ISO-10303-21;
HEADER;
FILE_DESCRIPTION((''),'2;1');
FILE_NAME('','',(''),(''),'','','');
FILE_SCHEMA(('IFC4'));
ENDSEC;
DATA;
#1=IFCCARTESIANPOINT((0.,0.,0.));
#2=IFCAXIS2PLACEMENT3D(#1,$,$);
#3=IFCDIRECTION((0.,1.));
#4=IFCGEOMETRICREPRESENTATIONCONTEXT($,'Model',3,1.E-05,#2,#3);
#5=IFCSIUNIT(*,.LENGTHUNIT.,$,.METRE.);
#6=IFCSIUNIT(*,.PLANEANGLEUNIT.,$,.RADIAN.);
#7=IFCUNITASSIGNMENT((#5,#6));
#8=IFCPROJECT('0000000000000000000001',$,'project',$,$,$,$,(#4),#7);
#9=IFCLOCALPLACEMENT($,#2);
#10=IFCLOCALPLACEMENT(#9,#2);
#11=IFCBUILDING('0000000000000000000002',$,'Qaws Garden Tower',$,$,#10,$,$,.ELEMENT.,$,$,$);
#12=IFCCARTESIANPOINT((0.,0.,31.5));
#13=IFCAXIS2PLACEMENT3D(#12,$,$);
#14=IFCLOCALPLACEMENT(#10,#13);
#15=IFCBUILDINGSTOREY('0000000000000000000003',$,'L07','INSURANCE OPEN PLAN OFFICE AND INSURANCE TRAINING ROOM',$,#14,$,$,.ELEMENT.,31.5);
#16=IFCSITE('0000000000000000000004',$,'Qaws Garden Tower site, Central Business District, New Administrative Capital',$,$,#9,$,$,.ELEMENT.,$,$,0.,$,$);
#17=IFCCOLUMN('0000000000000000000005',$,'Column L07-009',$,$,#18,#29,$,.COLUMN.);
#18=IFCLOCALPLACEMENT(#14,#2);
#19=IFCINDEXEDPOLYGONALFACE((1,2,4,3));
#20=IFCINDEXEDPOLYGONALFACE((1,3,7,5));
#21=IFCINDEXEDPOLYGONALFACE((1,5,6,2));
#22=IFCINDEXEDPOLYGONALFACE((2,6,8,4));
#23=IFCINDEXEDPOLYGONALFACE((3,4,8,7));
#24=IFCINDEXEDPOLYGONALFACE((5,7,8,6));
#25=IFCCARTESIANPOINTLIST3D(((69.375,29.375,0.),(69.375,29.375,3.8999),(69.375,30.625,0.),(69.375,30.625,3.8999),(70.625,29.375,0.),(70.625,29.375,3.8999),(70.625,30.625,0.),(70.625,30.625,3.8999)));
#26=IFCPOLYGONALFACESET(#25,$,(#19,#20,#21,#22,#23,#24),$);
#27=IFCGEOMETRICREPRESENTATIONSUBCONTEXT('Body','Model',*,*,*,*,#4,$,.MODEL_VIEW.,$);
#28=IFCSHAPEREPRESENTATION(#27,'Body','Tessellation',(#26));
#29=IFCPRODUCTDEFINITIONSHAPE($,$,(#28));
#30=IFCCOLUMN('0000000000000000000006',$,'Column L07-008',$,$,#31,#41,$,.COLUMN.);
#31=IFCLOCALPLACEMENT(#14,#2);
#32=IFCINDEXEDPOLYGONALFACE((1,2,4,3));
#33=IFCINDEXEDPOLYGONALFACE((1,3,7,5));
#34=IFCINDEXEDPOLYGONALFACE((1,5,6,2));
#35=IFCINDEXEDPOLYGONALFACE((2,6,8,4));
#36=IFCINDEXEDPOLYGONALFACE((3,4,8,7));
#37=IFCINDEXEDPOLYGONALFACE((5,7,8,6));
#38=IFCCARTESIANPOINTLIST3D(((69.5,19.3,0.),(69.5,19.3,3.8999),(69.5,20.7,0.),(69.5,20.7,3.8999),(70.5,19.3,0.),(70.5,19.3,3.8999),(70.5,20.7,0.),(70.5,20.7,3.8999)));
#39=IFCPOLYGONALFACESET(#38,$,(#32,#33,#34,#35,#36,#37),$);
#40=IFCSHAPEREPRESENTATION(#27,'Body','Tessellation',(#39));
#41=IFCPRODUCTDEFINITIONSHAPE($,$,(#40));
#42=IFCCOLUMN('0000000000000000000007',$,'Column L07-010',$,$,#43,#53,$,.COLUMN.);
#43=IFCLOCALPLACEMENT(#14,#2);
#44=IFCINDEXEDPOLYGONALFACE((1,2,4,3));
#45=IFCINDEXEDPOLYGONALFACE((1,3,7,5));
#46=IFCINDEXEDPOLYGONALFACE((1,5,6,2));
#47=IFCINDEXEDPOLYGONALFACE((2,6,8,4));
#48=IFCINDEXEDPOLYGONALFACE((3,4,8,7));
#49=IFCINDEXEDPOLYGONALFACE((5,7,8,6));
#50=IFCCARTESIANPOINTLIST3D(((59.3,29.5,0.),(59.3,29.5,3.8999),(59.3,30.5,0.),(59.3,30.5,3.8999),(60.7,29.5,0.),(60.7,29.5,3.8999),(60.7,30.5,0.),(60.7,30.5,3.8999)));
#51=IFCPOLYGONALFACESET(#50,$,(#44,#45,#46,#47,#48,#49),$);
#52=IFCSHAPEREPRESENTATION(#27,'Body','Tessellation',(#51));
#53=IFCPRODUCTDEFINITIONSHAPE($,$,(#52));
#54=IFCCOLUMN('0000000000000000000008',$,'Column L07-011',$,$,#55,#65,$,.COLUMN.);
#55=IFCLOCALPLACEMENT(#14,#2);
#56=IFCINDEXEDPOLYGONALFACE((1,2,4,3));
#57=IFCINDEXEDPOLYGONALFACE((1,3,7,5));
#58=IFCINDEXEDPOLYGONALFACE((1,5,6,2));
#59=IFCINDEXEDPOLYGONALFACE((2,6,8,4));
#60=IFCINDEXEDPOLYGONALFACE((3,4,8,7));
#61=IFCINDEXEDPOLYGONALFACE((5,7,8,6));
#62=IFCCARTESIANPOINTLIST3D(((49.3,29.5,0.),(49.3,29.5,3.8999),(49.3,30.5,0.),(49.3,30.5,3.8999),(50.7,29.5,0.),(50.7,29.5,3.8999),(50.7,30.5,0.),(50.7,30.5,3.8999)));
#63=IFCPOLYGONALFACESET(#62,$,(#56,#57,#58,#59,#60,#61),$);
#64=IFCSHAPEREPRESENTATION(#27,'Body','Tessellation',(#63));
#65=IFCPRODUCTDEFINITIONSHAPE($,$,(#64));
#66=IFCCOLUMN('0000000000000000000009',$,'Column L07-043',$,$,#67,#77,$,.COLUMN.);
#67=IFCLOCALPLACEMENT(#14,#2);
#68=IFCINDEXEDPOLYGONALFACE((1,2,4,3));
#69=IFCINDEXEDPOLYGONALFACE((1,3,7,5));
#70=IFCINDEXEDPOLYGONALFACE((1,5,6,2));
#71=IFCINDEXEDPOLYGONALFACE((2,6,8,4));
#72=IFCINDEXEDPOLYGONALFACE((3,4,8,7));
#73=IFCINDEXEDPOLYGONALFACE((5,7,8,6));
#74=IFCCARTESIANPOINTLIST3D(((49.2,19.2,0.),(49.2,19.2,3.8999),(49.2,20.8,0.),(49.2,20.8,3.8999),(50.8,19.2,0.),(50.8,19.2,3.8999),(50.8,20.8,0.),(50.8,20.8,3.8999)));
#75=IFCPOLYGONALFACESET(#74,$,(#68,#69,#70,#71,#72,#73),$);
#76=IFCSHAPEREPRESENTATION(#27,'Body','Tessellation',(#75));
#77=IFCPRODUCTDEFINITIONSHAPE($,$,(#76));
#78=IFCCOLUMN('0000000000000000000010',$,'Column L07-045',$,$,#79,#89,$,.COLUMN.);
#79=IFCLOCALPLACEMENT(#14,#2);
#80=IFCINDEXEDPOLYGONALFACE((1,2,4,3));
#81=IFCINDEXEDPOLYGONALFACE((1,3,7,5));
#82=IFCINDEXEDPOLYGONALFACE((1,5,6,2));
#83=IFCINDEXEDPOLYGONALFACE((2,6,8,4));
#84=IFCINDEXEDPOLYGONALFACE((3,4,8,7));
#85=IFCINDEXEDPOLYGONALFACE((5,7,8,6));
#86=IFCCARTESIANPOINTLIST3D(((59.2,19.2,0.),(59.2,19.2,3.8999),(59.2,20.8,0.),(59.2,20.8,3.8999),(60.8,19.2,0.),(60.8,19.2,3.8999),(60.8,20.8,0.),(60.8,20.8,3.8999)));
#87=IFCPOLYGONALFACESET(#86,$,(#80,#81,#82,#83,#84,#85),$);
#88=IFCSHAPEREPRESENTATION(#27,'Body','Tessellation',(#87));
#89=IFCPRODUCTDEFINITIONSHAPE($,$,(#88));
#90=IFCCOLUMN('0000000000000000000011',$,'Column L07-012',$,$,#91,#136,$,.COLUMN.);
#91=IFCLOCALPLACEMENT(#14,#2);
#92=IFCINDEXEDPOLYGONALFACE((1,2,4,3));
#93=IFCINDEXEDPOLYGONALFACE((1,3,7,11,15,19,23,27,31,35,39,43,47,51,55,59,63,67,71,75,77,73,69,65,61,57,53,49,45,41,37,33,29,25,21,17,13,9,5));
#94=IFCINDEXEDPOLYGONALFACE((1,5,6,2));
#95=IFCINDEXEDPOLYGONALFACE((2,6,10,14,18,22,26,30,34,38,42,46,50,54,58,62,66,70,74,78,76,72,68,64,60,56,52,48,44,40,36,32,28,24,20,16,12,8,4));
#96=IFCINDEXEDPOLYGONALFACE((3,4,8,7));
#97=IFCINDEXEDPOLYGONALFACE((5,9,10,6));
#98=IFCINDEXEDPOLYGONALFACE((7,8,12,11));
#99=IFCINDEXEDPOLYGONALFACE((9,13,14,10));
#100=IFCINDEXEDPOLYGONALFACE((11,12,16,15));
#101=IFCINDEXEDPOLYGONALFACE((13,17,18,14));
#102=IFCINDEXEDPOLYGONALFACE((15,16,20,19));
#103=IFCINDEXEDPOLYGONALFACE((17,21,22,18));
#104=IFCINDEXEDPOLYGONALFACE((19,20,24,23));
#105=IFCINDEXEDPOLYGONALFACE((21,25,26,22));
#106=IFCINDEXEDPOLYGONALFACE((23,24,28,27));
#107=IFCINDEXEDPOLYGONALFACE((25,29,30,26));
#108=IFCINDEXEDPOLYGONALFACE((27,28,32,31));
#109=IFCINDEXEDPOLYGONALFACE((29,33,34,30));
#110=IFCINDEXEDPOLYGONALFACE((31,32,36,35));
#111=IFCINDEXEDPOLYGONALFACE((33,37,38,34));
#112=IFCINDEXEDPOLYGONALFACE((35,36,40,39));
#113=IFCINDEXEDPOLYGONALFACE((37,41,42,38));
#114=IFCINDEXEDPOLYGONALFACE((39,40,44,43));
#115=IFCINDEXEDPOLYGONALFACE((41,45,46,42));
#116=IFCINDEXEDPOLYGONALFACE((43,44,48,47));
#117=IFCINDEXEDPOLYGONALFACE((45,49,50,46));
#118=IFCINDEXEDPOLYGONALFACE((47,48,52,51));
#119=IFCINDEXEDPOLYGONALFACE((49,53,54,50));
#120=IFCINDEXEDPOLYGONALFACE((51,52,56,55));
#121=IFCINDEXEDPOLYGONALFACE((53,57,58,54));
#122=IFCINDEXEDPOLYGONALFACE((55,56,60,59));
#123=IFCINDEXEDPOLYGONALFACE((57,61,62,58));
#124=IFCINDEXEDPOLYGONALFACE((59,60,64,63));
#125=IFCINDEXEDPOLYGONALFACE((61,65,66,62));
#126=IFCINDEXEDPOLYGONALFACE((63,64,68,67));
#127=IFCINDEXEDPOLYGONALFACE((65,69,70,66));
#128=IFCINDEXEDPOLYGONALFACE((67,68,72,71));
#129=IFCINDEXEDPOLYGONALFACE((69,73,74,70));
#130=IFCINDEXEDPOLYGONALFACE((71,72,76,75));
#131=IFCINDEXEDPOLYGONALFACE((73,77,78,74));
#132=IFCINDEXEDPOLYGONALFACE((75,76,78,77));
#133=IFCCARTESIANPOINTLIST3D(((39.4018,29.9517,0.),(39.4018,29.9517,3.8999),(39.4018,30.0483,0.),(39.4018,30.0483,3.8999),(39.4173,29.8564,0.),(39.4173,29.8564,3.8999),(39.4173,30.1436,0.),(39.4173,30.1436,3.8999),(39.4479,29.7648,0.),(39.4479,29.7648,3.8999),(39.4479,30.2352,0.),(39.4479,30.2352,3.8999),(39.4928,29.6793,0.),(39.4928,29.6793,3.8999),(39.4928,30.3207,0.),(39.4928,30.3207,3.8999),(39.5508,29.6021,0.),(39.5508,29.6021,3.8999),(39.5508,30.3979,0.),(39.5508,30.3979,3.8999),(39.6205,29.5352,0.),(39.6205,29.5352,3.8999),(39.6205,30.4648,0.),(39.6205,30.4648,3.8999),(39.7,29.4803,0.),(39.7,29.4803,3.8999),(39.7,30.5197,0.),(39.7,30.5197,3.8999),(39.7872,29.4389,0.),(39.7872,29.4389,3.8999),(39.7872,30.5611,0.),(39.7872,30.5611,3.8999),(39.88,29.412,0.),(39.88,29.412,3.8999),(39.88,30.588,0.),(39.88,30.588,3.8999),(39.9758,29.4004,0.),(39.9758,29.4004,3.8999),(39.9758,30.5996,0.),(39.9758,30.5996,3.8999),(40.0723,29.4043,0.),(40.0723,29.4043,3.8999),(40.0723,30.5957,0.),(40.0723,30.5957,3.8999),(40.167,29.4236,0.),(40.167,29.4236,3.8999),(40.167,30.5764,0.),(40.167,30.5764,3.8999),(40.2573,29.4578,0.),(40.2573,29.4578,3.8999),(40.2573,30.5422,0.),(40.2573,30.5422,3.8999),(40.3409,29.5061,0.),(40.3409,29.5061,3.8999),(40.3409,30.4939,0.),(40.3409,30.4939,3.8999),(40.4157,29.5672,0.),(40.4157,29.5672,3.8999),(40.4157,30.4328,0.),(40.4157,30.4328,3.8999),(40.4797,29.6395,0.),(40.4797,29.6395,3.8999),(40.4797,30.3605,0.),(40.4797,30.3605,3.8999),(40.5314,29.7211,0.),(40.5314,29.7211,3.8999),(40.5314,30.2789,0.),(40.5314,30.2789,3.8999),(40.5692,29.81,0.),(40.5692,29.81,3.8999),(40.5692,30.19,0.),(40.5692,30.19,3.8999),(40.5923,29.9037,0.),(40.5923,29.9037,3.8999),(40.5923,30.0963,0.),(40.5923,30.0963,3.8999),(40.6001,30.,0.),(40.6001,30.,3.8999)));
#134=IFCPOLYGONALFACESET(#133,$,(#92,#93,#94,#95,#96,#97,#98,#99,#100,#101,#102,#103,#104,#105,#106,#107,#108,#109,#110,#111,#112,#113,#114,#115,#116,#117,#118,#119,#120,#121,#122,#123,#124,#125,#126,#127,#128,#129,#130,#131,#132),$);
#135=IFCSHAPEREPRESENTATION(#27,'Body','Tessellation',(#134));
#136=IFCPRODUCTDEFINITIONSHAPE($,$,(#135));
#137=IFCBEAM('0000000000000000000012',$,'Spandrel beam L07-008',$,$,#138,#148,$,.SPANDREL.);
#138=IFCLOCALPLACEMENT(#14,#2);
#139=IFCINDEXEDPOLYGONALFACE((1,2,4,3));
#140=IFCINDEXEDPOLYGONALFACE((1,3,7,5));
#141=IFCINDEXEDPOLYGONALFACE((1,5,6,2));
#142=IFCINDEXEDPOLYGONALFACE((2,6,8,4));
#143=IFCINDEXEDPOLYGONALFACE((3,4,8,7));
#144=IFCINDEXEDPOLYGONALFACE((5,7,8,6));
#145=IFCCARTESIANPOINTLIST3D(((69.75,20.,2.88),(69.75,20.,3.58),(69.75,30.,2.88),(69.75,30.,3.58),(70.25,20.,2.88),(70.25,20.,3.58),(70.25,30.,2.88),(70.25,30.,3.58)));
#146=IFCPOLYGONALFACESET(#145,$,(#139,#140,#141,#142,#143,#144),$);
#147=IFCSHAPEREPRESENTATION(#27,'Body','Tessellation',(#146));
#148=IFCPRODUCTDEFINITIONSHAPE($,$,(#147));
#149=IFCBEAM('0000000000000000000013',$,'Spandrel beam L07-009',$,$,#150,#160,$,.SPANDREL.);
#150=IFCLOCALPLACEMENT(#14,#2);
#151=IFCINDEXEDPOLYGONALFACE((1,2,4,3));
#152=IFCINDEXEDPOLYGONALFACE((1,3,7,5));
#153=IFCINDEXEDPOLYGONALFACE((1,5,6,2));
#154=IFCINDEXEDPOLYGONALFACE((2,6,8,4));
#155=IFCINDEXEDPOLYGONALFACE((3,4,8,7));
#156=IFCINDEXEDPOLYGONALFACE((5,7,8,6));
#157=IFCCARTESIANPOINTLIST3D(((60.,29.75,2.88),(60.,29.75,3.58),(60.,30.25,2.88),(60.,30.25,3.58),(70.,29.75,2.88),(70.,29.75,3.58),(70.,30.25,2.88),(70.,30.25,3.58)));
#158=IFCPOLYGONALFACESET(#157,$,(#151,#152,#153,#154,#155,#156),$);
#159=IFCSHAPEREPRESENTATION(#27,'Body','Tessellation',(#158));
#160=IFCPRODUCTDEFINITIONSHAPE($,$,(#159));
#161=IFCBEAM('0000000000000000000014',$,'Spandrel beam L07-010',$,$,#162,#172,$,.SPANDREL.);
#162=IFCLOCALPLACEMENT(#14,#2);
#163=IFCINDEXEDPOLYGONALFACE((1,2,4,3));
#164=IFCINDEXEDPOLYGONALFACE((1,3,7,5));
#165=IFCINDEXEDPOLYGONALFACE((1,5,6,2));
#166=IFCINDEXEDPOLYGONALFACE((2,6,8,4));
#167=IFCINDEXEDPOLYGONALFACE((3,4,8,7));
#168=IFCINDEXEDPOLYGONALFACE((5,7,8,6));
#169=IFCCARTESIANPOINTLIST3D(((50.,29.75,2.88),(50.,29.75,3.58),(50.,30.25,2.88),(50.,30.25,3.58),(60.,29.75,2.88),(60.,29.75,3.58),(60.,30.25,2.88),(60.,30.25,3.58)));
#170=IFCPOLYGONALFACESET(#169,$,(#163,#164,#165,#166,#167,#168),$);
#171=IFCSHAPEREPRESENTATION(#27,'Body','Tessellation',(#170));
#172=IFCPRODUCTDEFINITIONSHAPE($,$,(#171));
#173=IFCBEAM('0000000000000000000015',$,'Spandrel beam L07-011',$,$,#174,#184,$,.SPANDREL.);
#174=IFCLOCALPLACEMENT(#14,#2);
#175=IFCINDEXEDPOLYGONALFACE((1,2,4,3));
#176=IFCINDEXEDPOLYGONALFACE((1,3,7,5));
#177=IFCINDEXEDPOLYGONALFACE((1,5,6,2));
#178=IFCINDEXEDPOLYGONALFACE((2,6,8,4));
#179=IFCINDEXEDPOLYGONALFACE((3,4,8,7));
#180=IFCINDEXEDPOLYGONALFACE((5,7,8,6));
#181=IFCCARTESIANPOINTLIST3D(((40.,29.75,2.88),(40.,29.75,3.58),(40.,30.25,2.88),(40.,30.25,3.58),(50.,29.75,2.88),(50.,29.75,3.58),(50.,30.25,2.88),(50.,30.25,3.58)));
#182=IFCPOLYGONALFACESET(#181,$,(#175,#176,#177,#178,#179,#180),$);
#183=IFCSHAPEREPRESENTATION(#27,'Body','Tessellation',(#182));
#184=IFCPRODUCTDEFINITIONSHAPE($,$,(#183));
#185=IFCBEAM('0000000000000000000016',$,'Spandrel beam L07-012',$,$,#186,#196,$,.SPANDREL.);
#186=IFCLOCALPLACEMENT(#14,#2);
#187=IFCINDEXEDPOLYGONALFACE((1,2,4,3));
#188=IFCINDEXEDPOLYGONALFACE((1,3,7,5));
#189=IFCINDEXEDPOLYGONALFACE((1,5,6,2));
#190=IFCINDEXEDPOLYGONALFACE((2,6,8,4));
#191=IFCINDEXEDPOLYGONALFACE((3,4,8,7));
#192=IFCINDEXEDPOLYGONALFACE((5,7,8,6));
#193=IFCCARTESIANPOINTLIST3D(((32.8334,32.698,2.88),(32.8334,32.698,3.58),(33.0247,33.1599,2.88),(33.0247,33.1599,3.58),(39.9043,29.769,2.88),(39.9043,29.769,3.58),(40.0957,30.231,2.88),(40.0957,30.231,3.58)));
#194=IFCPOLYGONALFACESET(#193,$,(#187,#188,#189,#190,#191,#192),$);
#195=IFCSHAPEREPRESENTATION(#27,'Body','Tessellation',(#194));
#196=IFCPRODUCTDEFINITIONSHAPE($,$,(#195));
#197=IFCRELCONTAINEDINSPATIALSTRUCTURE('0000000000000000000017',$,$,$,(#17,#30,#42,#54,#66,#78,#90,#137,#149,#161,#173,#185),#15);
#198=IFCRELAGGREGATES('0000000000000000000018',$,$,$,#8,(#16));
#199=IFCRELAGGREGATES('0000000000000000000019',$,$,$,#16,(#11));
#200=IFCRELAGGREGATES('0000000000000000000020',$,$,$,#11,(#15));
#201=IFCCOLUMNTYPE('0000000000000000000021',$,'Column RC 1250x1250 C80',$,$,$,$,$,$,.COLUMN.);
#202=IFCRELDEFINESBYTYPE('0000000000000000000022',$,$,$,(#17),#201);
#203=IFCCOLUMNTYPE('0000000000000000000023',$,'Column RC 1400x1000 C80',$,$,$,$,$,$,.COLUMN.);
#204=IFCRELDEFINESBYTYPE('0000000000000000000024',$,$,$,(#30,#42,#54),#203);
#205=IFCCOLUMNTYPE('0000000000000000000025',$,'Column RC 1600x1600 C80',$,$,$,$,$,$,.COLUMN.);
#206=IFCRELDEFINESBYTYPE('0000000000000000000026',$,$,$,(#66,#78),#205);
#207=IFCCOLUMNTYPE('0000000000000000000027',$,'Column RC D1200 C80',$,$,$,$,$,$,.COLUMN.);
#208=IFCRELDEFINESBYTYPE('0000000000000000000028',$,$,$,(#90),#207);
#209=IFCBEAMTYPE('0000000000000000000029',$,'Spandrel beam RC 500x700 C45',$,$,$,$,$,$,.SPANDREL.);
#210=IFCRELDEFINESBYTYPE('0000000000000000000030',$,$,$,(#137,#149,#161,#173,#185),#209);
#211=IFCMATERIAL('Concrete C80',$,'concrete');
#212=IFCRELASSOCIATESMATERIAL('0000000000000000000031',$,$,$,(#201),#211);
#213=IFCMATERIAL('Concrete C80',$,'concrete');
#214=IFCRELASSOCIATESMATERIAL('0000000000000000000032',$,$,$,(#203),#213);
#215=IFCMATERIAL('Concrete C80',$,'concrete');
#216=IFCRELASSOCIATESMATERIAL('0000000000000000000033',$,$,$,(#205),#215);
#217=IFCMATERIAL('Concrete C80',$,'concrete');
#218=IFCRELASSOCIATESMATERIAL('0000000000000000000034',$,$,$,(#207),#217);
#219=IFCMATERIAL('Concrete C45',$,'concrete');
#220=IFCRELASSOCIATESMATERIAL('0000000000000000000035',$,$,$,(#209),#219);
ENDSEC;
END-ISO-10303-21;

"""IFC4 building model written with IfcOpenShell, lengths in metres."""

from ifc_helpers import new_model, si_unit, direction, frame, origin, origin_2d, place, context, subcontext, project, spatial, rectangle, circle, extrude, material, material_profile, profile_set, type_object, element, save


model = new_model("IFC4")

# Units and contexts
model_context = context("Model", 3, precision=1e-05, world=origin(), true_north=direction((0.0, 1.0)))
body_context = subcontext(model_context, "Body", "Model", "MODEL_VIEW")
ifc_project = project(units=[si_unit("LENGTHUNIT", "METRE"), si_unit("PLANEANGLEUNIT", "RADIAN")], contexts=[model_context])

# Site, building, storey
site_placement = place(None, origin())
site = spatial("IfcSite", under=ifc_project, at=site_placement, Name="Qaws Garden Tower site, Central Business District, New Administrative Capital", CompositionType="ELEMENT", RefElevation=0.0)
building_placement = place(site_placement, origin())
building = spatial("IfcBuilding", under=site, at=building_placement, Name="Qaws Garden Tower", CompositionType="ELEMENT")
storey_placement = place(building_placement, frame((0.0, 0.0, 31.5)))
storey = spatial("IfcBuildingStorey", under=building, at=storey_placement, Name="L07", Description="INSURANCE OPEN PLAN OFFICE AND INSURANCE TRAINING ROOM", CompositionType="ELEMENT", Elevation=31.5)

# Columns
ifc_material_1 = material(Name="Concrete C80", Category="concrete")
ifc_material_profile_1 = material_profile(ifc_material_1, rectangle(XDim=1.25, YDim=1.25, at=origin_2d()), Name="RC 1250x1250")
ifc_profile_set_1 = profile_set([ifc_material_profile_1], Name="Concrete C80")
column_type_1 = type_object("IfcColumnType", Name="Column RC 1250x1250 C80", PredefinedType="COLUMN", material=ifc_profile_set_1)
column_1_placement = place(storey_placement, frame((70.0, 30.0, 0.0), z_axis=(0.0, 0.0, 1.0), x_axis=(1.0, 0.0, 0.0)))
element("IfcColumn", 1, at=column_1_placement, inside=storey, type_object=column_type_1, Name="Column L07-009", PredefinedType="COLUMN", context=body_context, shape_type="SweptSolid", body=[
    extrude(rectangle(XDim=1.25, YDim=1.25, at=origin_2d()), origin(), (0.0, 0.0, 1.0), 3.8999),
])
ifc_material_2 = material(Name="Concrete C80", Category="concrete")
ifc_material_profile_2 = material_profile(ifc_material_2, rectangle(XDim=1.3999, YDim=1.0, at=origin_2d()), Name="RC 1400x1000")
ifc_profile_set_2 = profile_set([ifc_material_profile_2], Name="Concrete C80")
column_type_2 = type_object("IfcColumnType", Name="Column RC 1400x1000 C80", PredefinedType="COLUMN", material=ifc_profile_set_2)
for number, where, z_axis, x_axis, name in (
    (2, (70.0, 20.0, 0.0), (0.0, 0.0, 1.0), (0.0, 1.0, 0.0), "Column L07-008"),
    (3, (60.0, 30.0, 0.0), (0.0, 0.0, 1.0), (1.0, 0.0, 0.0), "Column L07-010"),
    (4, (50.0, 30.0, 0.0), (0.0, 0.0, 1.0), (1.0, 0.0, 0.0), "Column L07-011"),
):
    element("IfcColumn", number, at=place(storey_placement, frame(where, z_axis=z_axis, x_axis=x_axis)), inside=storey, type_object=column_type_2, Name=name, PredefinedType="COLUMN", context=body_context, shape_type="SweptSolid", body=[
        extrude(rectangle(XDim=1.3999, YDim=1.0, at=origin_2d()), origin(), (0.0, 0.0, 1.0), 3.8999),
    ])
ifc_material_3 = material(Name="Concrete C80", Category="concrete")
ifc_material_profile_3 = material_profile(ifc_material_3, rectangle(XDim=1.6001, YDim=1.6001, at=origin_2d()), Name="RC 1600x1600")
ifc_profile_set_3 = profile_set([ifc_material_profile_3], Name="Concrete C80")
column_type_3 = type_object("IfcColumnType", Name="Column RC 1600x1600 C80", PredefinedType="COLUMN", material=ifc_profile_set_3)
for number, where, z_axis, x_axis, name in (
    (5, (50.0, 20.0, 0.0), (0.0, 0.0, 1.0), (1.0, 0.0, 0.0), "Column L07-043"),
    (6, (60.0, 20.0, 0.0), (0.0, 0.0, 1.0), (1.0, 0.0, 0.0), "Column L07-045"),
):
    element("IfcColumn", number, at=place(storey_placement, frame(where, z_axis=z_axis, x_axis=x_axis)), inside=storey, type_object=column_type_3, Name=name, PredefinedType="COLUMN", context=body_context, shape_type="SweptSolid", body=[
        extrude(rectangle(XDim=1.6001, YDim=1.6001, at=origin_2d()), origin(), (0.0, 0.0, 1.0), 3.8999),
    ])
ifc_material_4 = material(Name="Concrete C80", Category="concrete")
ifc_material_profile_4 = material_profile(ifc_material_4, circle(Radius=0.6001, at=origin_2d()), Name="RC D1200")
ifc_profile_set_4 = profile_set([ifc_material_profile_4], Name="Concrete C80")
column_type_4 = type_object("IfcColumnType", Name="Column RC D1200 C80", PredefinedType="COLUMN", material=ifc_profile_set_4)
column_2_placement = place(storey_placement, frame((40.0, 30.0, 0.0), z_axis=(0.0, 0.0, 1.0), x_axis=(1.0, 0.0, 0.0)))
element("IfcColumn", 7, at=column_2_placement, inside=storey, type_object=column_type_4, Name="Column L07-012", PredefinedType="COLUMN", context=body_context, shape_type="SweptSolid", body=[
    extrude(circle(Radius=0.6001, at=origin_2d()), origin(), (0.0, 0.0, 1.0), 3.8999),
])

# Beams
ifc_material_5 = material(Name="Concrete C45", Category="concrete")
ifc_material_profile_5 = material_profile(ifc_material_5, rectangle(XDim=0.5, YDim=0.7, at=origin_2d()), Name="RC 500x700")
ifc_profile_set_5 = profile_set([ifc_material_profile_5], Name="Concrete C45")
beam_type = type_object("IfcBeamType", Name="Spandrel beam RC 500x700 C45", PredefinedType="SPANDREL", material=ifc_profile_set_5)
for number, where, z_axis, x_axis, name in (
    (8, (70.0, 20.0, 3.23), (0.0, 1.0, 0.0), (-1.0, 0.0, 0.0), "Spandrel beam L07-008"),
    (9, (70.0, 30.0, 3.23), (-1.0, 0.0, 0.0), (0.0, -1.0, 0.0), "Spandrel beam L07-009"),
    (10, (60.0, 30.0, 3.23), (-1.0, 0.0, 0.0), (0.0, -1.0, 0.0), "Spandrel beam L07-010"),
    (11, (50.0, 30.0, 3.23), (-1.0, 0.0, 0.0), (0.0, -1.0, 0.0), "Spandrel beam L07-011"),
):
    element("IfcBeam", number, at=place(storey_placement, frame(where, z_axis=z_axis, x_axis=x_axis)), inside=storey, type_object=beam_type, Name=name, PredefinedType="SPANDREL", context=body_context, shape_type="SweptSolid", body=[
        extrude(rectangle(XDim=0.5, YDim=0.7, at=origin_2d()), origin(), (0.0, 0.0, 1.0), 10.0),
    ])
beam_placement = place(storey_placement, frame((40.0, 30.0, 3.23), z_axis=(-0.923878, 0.382687, 0.0), x_axis=(-0.382687, -0.923878, 0.0)))
element("IfcBeam", 12, at=beam_placement, inside=storey, type_object=beam_type, Name="Spandrel beam L07-012", PredefinedType="SPANDREL", context=body_context, shape_type="SweptSolid", body=[
    extrude(rectangle(XDim=0.5, YDim=0.7, at=origin_2d()), origin(), (0.0, 0.0, 1.0), 7.6536),
])

save(model, "model.ifc")
